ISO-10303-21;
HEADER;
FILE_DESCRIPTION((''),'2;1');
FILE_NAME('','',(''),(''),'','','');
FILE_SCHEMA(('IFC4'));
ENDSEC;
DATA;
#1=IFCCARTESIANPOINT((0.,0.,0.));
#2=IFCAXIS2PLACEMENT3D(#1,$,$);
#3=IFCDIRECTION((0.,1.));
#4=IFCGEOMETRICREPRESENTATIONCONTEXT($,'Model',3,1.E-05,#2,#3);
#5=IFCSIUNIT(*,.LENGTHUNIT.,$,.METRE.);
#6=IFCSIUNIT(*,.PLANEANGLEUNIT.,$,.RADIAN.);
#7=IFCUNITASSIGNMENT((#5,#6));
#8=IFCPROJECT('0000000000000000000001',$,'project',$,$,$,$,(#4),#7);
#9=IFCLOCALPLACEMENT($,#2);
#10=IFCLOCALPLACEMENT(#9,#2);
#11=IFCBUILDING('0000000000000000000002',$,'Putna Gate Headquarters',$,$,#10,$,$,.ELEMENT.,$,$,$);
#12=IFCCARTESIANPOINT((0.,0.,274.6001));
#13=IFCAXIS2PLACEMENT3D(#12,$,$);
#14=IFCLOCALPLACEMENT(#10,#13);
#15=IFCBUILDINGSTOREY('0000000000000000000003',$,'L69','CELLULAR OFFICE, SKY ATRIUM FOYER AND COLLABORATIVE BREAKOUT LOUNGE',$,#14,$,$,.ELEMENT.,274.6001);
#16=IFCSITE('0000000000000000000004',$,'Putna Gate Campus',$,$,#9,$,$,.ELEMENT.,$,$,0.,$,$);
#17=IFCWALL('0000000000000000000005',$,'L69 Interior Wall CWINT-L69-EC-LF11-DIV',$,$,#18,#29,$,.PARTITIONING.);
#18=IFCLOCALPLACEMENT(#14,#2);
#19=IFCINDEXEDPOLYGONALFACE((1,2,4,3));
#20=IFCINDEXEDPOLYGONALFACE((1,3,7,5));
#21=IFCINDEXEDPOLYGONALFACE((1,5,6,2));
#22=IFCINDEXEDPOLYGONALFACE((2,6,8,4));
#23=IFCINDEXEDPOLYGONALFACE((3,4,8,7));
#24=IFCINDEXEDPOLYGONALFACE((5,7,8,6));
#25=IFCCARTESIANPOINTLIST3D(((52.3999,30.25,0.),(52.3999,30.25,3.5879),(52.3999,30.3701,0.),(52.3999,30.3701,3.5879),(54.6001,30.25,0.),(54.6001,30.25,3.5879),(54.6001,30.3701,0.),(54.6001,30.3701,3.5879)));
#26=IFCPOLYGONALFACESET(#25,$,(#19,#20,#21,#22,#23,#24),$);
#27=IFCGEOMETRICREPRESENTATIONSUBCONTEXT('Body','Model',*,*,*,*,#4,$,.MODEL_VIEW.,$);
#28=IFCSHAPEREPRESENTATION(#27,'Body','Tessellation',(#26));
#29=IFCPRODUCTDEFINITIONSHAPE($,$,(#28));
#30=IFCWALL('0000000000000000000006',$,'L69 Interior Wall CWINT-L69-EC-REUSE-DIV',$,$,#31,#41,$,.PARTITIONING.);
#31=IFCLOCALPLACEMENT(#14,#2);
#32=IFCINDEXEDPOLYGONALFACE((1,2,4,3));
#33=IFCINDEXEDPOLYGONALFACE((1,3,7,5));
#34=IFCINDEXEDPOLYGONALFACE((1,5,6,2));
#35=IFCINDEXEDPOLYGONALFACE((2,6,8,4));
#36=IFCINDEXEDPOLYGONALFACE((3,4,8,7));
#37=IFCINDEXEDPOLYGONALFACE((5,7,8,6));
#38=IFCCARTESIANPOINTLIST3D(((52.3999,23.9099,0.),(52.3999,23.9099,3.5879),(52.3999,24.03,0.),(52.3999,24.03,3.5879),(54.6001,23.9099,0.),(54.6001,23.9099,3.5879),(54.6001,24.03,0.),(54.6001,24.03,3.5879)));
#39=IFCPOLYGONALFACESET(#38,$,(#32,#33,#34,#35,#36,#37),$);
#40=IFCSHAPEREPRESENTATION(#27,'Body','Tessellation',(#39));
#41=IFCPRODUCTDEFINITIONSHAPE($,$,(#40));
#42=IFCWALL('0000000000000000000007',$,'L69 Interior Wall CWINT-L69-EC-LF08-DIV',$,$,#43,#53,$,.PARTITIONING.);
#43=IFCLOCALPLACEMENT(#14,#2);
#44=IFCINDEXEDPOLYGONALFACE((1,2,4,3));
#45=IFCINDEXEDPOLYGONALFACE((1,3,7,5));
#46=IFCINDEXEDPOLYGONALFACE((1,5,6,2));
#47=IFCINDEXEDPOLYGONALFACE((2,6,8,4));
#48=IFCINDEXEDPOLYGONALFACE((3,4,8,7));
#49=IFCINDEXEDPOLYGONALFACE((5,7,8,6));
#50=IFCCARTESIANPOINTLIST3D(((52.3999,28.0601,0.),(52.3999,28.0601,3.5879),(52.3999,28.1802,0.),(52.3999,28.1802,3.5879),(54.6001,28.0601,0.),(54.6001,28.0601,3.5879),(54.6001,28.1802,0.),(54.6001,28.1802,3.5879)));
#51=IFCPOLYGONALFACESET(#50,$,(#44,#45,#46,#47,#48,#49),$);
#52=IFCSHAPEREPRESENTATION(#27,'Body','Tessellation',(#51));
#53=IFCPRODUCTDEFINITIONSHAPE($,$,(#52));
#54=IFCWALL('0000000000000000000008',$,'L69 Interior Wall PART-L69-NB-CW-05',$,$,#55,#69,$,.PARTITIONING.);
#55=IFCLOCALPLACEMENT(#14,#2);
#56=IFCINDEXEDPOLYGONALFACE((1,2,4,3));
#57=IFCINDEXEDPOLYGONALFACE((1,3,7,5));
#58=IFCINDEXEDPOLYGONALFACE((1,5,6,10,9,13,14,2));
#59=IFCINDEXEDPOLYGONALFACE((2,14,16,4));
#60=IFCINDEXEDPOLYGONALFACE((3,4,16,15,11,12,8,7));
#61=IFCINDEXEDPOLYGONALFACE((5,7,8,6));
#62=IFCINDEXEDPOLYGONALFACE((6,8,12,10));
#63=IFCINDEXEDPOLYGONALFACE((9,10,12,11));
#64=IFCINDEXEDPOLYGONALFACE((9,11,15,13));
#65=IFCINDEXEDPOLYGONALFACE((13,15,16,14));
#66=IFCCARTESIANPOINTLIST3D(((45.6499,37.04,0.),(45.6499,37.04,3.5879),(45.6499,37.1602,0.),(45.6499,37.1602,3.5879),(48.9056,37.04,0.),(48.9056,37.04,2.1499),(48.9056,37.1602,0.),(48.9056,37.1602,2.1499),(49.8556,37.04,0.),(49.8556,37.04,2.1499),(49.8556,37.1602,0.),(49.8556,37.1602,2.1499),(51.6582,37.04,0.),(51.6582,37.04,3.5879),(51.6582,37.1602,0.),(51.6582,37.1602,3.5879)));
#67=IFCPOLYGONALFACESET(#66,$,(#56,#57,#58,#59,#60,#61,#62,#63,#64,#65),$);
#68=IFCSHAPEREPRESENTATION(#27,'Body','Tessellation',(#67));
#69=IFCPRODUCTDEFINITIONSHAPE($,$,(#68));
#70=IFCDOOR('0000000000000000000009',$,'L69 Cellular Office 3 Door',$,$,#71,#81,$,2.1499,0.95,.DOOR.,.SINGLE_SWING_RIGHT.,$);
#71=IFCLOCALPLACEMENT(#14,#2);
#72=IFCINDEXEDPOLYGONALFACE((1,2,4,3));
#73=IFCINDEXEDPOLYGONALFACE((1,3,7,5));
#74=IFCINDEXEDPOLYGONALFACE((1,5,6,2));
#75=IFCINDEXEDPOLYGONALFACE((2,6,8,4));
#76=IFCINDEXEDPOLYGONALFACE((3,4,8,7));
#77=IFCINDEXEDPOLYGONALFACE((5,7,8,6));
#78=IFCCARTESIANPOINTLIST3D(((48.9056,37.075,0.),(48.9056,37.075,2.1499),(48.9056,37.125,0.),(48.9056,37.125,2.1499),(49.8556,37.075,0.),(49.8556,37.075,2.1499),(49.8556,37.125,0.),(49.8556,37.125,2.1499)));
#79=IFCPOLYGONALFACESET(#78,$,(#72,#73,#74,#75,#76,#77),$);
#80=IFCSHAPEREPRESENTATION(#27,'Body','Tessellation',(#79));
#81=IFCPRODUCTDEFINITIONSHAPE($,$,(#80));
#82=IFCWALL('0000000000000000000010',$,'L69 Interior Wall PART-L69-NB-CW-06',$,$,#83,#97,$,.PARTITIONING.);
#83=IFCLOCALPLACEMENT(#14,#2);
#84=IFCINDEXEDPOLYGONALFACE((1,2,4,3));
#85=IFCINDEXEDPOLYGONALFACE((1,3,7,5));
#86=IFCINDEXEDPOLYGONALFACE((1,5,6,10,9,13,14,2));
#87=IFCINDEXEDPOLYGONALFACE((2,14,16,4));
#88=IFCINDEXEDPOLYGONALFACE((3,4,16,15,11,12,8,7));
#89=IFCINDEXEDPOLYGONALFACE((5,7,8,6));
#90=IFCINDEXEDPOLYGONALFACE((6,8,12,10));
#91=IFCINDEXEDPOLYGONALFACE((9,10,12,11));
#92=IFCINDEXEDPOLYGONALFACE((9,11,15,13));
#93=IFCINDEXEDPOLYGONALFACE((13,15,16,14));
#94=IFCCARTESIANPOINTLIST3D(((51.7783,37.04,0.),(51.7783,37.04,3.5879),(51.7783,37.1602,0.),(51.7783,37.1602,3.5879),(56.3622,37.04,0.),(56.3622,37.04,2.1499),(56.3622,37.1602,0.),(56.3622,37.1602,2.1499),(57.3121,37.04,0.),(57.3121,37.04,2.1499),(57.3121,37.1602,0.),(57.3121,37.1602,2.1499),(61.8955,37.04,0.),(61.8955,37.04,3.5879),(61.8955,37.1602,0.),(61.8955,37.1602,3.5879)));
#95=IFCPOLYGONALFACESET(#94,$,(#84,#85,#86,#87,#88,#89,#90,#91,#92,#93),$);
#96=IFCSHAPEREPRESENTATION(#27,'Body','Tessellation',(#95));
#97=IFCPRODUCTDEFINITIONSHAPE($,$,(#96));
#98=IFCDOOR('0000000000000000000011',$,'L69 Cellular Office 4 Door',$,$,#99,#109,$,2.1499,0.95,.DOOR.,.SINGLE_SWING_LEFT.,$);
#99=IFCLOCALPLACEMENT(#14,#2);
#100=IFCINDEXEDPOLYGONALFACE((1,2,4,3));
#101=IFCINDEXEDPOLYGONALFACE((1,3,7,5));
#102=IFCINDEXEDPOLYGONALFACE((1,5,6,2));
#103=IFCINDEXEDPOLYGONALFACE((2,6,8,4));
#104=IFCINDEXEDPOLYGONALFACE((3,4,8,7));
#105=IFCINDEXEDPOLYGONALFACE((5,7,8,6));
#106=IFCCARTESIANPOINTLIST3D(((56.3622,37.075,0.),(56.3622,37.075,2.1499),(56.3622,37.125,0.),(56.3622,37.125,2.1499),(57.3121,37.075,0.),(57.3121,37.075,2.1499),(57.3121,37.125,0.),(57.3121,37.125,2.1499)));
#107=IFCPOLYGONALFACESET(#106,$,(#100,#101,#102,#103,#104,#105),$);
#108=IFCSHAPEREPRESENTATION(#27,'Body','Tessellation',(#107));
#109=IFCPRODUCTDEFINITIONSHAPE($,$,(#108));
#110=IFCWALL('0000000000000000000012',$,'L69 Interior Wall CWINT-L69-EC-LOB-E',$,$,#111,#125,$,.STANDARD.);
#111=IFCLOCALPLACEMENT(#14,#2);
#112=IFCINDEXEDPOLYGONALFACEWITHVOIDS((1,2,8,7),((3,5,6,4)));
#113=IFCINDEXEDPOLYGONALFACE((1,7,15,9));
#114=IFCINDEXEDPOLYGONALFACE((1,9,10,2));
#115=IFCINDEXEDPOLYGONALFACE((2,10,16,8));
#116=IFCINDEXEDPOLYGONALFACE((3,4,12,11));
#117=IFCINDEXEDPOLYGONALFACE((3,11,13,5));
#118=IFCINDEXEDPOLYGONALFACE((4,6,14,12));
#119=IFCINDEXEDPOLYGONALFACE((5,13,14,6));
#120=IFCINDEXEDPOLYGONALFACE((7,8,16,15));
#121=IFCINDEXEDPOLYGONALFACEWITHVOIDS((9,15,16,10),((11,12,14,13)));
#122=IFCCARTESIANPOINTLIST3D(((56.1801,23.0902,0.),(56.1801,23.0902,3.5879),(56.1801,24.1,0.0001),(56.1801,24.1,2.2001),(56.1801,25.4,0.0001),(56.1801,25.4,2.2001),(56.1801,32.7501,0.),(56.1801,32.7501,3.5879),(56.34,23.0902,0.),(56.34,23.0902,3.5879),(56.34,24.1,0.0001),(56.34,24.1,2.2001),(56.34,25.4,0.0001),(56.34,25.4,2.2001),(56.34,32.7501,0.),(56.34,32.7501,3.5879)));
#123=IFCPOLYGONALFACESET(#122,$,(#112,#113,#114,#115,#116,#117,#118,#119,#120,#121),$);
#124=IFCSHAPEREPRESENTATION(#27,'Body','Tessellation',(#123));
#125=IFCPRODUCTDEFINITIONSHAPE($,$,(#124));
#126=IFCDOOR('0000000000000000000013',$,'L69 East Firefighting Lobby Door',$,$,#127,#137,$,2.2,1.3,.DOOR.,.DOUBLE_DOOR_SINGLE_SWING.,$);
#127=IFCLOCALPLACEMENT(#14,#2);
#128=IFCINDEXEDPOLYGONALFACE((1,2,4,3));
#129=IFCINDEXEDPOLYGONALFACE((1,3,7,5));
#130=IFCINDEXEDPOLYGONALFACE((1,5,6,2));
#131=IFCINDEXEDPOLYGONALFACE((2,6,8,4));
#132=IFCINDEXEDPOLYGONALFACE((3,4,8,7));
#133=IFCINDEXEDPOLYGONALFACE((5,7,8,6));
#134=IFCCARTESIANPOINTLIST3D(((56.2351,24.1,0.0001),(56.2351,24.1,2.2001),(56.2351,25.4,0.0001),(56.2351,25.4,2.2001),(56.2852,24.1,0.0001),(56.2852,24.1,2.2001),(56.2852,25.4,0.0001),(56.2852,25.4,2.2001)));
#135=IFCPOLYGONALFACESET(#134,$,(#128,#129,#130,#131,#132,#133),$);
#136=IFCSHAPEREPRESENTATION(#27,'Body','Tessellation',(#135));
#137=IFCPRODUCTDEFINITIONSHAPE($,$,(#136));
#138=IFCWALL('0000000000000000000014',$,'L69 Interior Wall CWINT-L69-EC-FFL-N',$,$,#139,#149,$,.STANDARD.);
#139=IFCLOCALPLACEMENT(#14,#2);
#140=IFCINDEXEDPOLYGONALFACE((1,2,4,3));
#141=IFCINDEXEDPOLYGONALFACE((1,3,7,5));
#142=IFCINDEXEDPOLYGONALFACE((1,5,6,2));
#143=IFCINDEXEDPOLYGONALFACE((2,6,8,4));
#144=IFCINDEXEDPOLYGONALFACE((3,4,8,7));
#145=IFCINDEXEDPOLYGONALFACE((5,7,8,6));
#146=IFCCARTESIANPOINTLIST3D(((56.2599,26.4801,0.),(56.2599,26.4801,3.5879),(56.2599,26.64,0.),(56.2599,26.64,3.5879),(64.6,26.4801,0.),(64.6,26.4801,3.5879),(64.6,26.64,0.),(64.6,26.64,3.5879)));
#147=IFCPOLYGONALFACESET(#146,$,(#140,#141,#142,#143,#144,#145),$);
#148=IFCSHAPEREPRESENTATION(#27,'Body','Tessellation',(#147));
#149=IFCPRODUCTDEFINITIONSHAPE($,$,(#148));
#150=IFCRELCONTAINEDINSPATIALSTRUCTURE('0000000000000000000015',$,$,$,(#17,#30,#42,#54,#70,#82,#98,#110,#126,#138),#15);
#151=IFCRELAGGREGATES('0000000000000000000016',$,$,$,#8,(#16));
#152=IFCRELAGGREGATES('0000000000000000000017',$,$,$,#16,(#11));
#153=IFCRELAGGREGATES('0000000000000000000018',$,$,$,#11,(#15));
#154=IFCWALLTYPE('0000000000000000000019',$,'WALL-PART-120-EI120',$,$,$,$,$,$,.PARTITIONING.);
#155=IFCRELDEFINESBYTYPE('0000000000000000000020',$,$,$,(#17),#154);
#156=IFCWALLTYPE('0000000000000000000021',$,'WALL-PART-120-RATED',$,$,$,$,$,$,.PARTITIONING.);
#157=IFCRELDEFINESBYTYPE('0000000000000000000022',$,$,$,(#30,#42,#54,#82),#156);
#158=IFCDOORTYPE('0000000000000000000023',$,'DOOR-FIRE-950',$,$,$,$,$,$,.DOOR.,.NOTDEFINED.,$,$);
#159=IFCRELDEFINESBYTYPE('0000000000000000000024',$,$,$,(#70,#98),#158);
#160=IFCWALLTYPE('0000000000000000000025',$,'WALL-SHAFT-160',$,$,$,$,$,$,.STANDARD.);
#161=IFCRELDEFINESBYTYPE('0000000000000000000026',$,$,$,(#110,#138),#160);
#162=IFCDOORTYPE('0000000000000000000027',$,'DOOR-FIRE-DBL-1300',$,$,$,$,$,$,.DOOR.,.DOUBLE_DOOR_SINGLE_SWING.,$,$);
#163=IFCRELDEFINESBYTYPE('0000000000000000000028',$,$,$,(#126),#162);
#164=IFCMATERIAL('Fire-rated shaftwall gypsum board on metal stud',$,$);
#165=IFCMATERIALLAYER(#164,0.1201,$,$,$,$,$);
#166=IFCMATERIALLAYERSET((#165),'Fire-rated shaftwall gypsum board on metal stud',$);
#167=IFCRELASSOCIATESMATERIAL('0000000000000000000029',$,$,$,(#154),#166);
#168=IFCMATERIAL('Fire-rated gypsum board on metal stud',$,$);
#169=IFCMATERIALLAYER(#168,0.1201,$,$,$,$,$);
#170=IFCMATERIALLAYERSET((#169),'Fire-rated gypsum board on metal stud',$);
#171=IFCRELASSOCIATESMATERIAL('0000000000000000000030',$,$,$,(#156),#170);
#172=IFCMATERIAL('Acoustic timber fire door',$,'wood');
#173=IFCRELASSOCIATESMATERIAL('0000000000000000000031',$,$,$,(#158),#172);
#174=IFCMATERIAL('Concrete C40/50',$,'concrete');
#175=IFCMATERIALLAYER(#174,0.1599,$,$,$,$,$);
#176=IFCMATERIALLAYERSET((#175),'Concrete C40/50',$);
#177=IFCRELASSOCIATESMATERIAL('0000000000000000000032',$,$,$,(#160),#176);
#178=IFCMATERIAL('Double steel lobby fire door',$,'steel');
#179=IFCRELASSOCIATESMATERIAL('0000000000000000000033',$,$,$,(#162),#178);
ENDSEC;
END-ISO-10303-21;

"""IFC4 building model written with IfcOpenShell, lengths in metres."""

from ifc_helpers import new_model, si_unit, direction, frame, frame_2d, origin, place, context, subcontext, project, spatial, rectangle, extrude, material, layer, layer_set, type_object, element, fill, save


model = new_model("IFC4")

# Units and contexts
model_context = context("Model", 3, precision=1e-05, world=origin(), true_north=direction((0.0, 1.0)))
body_context = subcontext(model_context, "Body", "Model", "MODEL_VIEW")
ifc_project = project(units=[si_unit("LENGTHUNIT", "METRE"), si_unit("PLANEANGLEUNIT", "RADIAN")], contexts=[model_context])

# Site, building, storey
site_placement = place(None, origin())
site = spatial("IfcSite", under=ifc_project, at=site_placement, Name="Putna Gate Campus", CompositionType="ELEMENT", RefElevation=0.0)
building_placement = place(site_placement, origin())
building = spatial("IfcBuilding", under=site, at=building_placement, Name="Putna Gate Headquarters", CompositionType="ELEMENT")
storey_placement = place(building_placement, frame((0.0, 0.0, 274.6001)))
storey = spatial("IfcBuildingStorey", under=building, at=storey_placement, Name="L69", Description="CELLULAR OFFICE, SKY ATRIUM FOYER AND COLLABORATIVE BREAKOUT LOUNGE", CompositionType="ELEMENT", Elevation=274.6001)

# Walls
ifc_material_1 = material(Name="Fire-rated shaftwall gypsum board on metal stud")
ifc_layer_1 = layer(ifc_material_1, 0.1201)
ifc_layer_set_1 = layer_set([ifc_layer_1], Name="Fire-rated shaftwall gypsum board on metal stud")
wall_type_1 = type_object("IfcWallType", Name="WALL-PART-120-EI120", PredefinedType="PARTITIONING", material=ifc_layer_set_1)
wall_1_placement = place(storey_placement, frame((52.3999, 30.3101, 0.0), z_axis=(0.0, 0.0, 1.0), x_axis=(1.0, 0.0, 0.0)))
element("IfcWall", 1, at=wall_1_placement, inside=storey, type_object=wall_type_1, Name="L69 Interior Wall CWINT-L69-EC-LF11-DIV", PredefinedType="PARTITIONING", context=body_context, shape_type="SweptSolid", body=[
    extrude(rectangle(XDim=2.2002, YDim=0.1201, at=frame_2d((1.1001, 0.0))), origin(), (0.0, 0.0, 1.0), 3.5879),
])
ifc_material_2 = material(Name="Fire-rated gypsum board on metal stud")
ifc_layer_2 = layer(ifc_material_2, 0.1201)
ifc_layer_set_2 = layer_set([ifc_layer_2], Name="Fire-rated gypsum board on metal stud")
wall_type_2 = type_object("IfcWallType", Name="WALL-PART-120-RATED", PredefinedType="PARTITIONING", material=ifc_layer_set_2)
for number, where, z_axis, x_axis, name in (
    (2, (52.3999, 23.97, 0.0), (0.0, 0.0, 1.0), (1.0, 0.0, 0.0), "L69 Interior Wall CWINT-L69-EC-REUSE-DIV"),
    (3, (52.3999, 28.1201, 0.0), (0.0, 0.0, 1.0), (1.0, 0.0, 0.0), "L69 Interior Wall CWINT-L69-EC-LF08-DIV"),
):
    element("IfcWall", number, at=place(storey_placement, frame(where, z_axis=z_axis, x_axis=x_axis)), inside=storey, type_object=wall_type_2, Name=name, PredefinedType="PARTITIONING", context=body_context, shape_type="SweptSolid", body=[
        extrude(rectangle(XDim=2.2002, YDim=0.1201, at=frame_2d((1.1001, 0.0))), origin(), (0.0, 0.0, 1.0), 3.5879),
    ])

# Walls, openings, doors
wall_2_placement = place(storey_placement, frame((45.6499, 37.1001, 0.0), z_axis=(0.0, 0.0, 1.0), x_axis=(1.0, 0.0, 0.0)))
wall_2 = element("IfcWall", 4, at=wall_2_placement, inside=storey, type_object=wall_type_2, Name="L69 Interior Wall PART-L69-NB-CW-05", PredefinedType="PARTITIONING", context=body_context, shape_type="SweptSolid", body=[
    extrude(rectangle(XDim=6.0083, YDim=0.1201, at=frame_2d((3.0042, 0.0))), origin(), (0.0, 0.0, 1.0), 3.5879),
])
opening_1_placement = place(wall_2_placement, frame((3.2556, 0.0, 0.0)))
opening_1 = element("IfcOpeningElement", 5, at=opening_1_placement, cuts=wall_2, PredefinedType="OPENING", context=body_context, shape_type="SweptSolid", body=[
    extrude(rectangle(XDim=0.95, YDim=2.1499, at=frame_2d((0.4751, 1.075))), frame((0.0, 0.0701, 0.0), z_axis=(0.0, -1.0, 0.0), x_axis=(1.0, 0.0, 0.0)), (0.0, 0.0, 1.0), 0.1401),
])
ifc_material_3 = material(Name="Acoustic timber fire door", Category="wood")
door_type_1 = type_object("IfcDoorType", Name="DOOR-FIRE-950", OperationType="NOTDEFINED", PredefinedType="DOOR", material=ifc_material_3)
door_1_placement = place(opening_1_placement, origin())
door_1 = element("IfcDoor", 6, at=door_1_placement, inside=storey, type_object=door_type_1, Name="L69 Cellular Office 3 Door", OperationType="SINGLE_SWING_RIGHT", OverallHeight=2.1499, OverallWidth=0.95, PredefinedType="DOOR", context=body_context, shape_type="SweptSolid", body=[
    extrude(rectangle(XDim=0.95, YDim=2.1499, at=frame_2d((0.4751, 1.075))), frame((0.0, 0.0249, 0.0), z_axis=(0.0, -1.0, 0.0), x_axis=(1.0, 0.0, 0.0)), (0.0, 0.0, 1.0), 0.05),
])
fill(opening_1, door_1)
wall_3_placement = place(storey_placement, frame((51.7783, 37.1001, 0.0), z_axis=(0.0, 0.0, 1.0), x_axis=(1.0, 0.0, 0.0)))
wall_3 = element("IfcWall", 7, at=wall_3_placement, inside=storey, type_object=wall_type_2, Name="L69 Interior Wall PART-L69-NB-CW-06", PredefinedType="PARTITIONING", context=body_context, shape_type="SweptSolid", body=[
    extrude(rectangle(XDim=10.1172, YDim=0.1201, at=frame_2d((5.0586, 0.0))), origin(), (0.0, 0.0, 1.0), 3.5879),
])
opening_2_placement = place(wall_3_placement, frame((4.5837, 0.0, 0.0)))
opening_2 = element("IfcOpeningElement", 8, at=opening_2_placement, cuts=wall_3, PredefinedType="OPENING", context=body_context, shape_type="SweptSolid", body=[
    extrude(rectangle(XDim=0.95, YDim=2.1499, at=frame_2d((0.4751, 1.075))), frame((0.0, 0.0701, 0.0), z_axis=(0.0, -1.0, 0.0), x_axis=(1.0, 0.0, 0.0)), (0.0, 0.0, 1.0), 0.1401),
])
door_2_placement = place(opening_2_placement, origin())
door_2 = element("IfcDoor", 9, at=door_2_placement, inside=storey, type_object=door_type_1, Name="L69 Cellular Office 4 Door", OperationType="SINGLE_SWING_LEFT", OverallHeight=2.1499, OverallWidth=0.95, PredefinedType="DOOR", context=body_context, shape_type="SweptSolid", body=[
    extrude(rectangle(XDim=0.95, YDim=2.1499, at=frame_2d((0.4751, 1.075))), frame((0.0, 0.0249, 0.0), z_axis=(0.0, -1.0, 0.0), x_axis=(1.0, 0.0, 0.0)), (0.0, 0.0, 1.0), 0.05),
])
fill(opening_2, door_2)
ifc_material_4 = material(Name="Concrete C40/50", Category="concrete")
ifc_layer_3 = layer(ifc_material_4, 0.1599)
ifc_layer_set_3 = layer_set([ifc_layer_3], Name="Concrete C40/50")
wall_type_3 = type_object("IfcWallType", Name="WALL-SHAFT-160", PredefinedType="STANDARD", material=ifc_layer_set_3)
wall_4_placement = place(storey_placement, frame((56.26, 23.0901, 0.0), z_axis=(0.0, 0.0, 1.0), x_axis=(0.0, 1.0, 0.0)))
wall_4 = element("IfcWall", 10, at=wall_4_placement, inside=storey, type_object=wall_type_3, Name="L69 Interior Wall CWINT-L69-EC-LOB-E", PredefinedType="STANDARD", context=body_context, shape_type="SweptSolid", body=[
    extrude(rectangle(XDim=9.6599, YDim=0.1599, at=frame_2d((4.8301, 0.0))), origin(), (0.0, 0.0, 1.0), 3.5879),
])
opening_3_placement = place(wall_4_placement, frame((1.01, 0.0, 0.0)))
opening_3 = element("IfcOpeningElement", 11, at=opening_3_placement, cuts=wall_4, PredefinedType="OPENING", context=body_context, shape_type="SweptSolid", body=[
    extrude(rectangle(XDim=1.3, YDim=2.2, at=frame_2d((0.6499, 1.1001))), frame((0.0, 0.0898, 0.0), z_axis=(0.0, -1.0, 0.0), x_axis=(1.0, 0.0, 0.0)), (0.0, 0.0, 1.0), 0.1799),
])
ifc_material_5 = material(Name="Double steel lobby fire door", Category="steel")
door_type_2 = type_object("IfcDoorType", Name="DOOR-FIRE-DBL-1300", OperationType="DOUBLE_DOOR_SINGLE_SWING", PredefinedType="DOOR", material=ifc_material_5)
door_3_placement = place(opening_3_placement, origin())
door_3 = element("IfcDoor", 12, at=door_3_placement, inside=storey, type_object=door_type_2, Name="L69 East Firefighting Lobby Door", OperationType="DOUBLE_DOOR_SINGLE_SWING", OverallHeight=2.2, OverallWidth=1.3, PredefinedType="DOOR", context=body_context, shape_type="SweptSolid", body=[
    extrude(rectangle(XDim=1.3, YDim=2.2, at=frame_2d((0.6499, 1.1001))), frame((0.0, 0.0249, 0.0), z_axis=(0.0, -1.0, 0.0), x_axis=(1.0, 0.0, 0.0)), (0.0, 0.0, 1.0), 0.05),
])
fill(opening_3, door_3)

# Wall
wall_5_placement = place(storey_placement, frame((56.26, 26.5601, 0.0), z_axis=(0.0, 0.0, 1.0), x_axis=(1.0, 0.0, 0.0)))
element("IfcWall", 13, at=wall_5_placement, inside=storey, type_object=wall_type_3, Name="L69 Interior Wall CWINT-L69-EC-FFL-N", PredefinedType="STANDARD", context=body_context, shape_type="SweptSolid", body=[
    extrude(rectangle(XDim=8.3401, YDim=0.1599, at=frame_2d((4.1699, 0.0))), origin(), (0.0, 0.0, 1.0), 3.5879),
])

save(model, "model.ifc")
